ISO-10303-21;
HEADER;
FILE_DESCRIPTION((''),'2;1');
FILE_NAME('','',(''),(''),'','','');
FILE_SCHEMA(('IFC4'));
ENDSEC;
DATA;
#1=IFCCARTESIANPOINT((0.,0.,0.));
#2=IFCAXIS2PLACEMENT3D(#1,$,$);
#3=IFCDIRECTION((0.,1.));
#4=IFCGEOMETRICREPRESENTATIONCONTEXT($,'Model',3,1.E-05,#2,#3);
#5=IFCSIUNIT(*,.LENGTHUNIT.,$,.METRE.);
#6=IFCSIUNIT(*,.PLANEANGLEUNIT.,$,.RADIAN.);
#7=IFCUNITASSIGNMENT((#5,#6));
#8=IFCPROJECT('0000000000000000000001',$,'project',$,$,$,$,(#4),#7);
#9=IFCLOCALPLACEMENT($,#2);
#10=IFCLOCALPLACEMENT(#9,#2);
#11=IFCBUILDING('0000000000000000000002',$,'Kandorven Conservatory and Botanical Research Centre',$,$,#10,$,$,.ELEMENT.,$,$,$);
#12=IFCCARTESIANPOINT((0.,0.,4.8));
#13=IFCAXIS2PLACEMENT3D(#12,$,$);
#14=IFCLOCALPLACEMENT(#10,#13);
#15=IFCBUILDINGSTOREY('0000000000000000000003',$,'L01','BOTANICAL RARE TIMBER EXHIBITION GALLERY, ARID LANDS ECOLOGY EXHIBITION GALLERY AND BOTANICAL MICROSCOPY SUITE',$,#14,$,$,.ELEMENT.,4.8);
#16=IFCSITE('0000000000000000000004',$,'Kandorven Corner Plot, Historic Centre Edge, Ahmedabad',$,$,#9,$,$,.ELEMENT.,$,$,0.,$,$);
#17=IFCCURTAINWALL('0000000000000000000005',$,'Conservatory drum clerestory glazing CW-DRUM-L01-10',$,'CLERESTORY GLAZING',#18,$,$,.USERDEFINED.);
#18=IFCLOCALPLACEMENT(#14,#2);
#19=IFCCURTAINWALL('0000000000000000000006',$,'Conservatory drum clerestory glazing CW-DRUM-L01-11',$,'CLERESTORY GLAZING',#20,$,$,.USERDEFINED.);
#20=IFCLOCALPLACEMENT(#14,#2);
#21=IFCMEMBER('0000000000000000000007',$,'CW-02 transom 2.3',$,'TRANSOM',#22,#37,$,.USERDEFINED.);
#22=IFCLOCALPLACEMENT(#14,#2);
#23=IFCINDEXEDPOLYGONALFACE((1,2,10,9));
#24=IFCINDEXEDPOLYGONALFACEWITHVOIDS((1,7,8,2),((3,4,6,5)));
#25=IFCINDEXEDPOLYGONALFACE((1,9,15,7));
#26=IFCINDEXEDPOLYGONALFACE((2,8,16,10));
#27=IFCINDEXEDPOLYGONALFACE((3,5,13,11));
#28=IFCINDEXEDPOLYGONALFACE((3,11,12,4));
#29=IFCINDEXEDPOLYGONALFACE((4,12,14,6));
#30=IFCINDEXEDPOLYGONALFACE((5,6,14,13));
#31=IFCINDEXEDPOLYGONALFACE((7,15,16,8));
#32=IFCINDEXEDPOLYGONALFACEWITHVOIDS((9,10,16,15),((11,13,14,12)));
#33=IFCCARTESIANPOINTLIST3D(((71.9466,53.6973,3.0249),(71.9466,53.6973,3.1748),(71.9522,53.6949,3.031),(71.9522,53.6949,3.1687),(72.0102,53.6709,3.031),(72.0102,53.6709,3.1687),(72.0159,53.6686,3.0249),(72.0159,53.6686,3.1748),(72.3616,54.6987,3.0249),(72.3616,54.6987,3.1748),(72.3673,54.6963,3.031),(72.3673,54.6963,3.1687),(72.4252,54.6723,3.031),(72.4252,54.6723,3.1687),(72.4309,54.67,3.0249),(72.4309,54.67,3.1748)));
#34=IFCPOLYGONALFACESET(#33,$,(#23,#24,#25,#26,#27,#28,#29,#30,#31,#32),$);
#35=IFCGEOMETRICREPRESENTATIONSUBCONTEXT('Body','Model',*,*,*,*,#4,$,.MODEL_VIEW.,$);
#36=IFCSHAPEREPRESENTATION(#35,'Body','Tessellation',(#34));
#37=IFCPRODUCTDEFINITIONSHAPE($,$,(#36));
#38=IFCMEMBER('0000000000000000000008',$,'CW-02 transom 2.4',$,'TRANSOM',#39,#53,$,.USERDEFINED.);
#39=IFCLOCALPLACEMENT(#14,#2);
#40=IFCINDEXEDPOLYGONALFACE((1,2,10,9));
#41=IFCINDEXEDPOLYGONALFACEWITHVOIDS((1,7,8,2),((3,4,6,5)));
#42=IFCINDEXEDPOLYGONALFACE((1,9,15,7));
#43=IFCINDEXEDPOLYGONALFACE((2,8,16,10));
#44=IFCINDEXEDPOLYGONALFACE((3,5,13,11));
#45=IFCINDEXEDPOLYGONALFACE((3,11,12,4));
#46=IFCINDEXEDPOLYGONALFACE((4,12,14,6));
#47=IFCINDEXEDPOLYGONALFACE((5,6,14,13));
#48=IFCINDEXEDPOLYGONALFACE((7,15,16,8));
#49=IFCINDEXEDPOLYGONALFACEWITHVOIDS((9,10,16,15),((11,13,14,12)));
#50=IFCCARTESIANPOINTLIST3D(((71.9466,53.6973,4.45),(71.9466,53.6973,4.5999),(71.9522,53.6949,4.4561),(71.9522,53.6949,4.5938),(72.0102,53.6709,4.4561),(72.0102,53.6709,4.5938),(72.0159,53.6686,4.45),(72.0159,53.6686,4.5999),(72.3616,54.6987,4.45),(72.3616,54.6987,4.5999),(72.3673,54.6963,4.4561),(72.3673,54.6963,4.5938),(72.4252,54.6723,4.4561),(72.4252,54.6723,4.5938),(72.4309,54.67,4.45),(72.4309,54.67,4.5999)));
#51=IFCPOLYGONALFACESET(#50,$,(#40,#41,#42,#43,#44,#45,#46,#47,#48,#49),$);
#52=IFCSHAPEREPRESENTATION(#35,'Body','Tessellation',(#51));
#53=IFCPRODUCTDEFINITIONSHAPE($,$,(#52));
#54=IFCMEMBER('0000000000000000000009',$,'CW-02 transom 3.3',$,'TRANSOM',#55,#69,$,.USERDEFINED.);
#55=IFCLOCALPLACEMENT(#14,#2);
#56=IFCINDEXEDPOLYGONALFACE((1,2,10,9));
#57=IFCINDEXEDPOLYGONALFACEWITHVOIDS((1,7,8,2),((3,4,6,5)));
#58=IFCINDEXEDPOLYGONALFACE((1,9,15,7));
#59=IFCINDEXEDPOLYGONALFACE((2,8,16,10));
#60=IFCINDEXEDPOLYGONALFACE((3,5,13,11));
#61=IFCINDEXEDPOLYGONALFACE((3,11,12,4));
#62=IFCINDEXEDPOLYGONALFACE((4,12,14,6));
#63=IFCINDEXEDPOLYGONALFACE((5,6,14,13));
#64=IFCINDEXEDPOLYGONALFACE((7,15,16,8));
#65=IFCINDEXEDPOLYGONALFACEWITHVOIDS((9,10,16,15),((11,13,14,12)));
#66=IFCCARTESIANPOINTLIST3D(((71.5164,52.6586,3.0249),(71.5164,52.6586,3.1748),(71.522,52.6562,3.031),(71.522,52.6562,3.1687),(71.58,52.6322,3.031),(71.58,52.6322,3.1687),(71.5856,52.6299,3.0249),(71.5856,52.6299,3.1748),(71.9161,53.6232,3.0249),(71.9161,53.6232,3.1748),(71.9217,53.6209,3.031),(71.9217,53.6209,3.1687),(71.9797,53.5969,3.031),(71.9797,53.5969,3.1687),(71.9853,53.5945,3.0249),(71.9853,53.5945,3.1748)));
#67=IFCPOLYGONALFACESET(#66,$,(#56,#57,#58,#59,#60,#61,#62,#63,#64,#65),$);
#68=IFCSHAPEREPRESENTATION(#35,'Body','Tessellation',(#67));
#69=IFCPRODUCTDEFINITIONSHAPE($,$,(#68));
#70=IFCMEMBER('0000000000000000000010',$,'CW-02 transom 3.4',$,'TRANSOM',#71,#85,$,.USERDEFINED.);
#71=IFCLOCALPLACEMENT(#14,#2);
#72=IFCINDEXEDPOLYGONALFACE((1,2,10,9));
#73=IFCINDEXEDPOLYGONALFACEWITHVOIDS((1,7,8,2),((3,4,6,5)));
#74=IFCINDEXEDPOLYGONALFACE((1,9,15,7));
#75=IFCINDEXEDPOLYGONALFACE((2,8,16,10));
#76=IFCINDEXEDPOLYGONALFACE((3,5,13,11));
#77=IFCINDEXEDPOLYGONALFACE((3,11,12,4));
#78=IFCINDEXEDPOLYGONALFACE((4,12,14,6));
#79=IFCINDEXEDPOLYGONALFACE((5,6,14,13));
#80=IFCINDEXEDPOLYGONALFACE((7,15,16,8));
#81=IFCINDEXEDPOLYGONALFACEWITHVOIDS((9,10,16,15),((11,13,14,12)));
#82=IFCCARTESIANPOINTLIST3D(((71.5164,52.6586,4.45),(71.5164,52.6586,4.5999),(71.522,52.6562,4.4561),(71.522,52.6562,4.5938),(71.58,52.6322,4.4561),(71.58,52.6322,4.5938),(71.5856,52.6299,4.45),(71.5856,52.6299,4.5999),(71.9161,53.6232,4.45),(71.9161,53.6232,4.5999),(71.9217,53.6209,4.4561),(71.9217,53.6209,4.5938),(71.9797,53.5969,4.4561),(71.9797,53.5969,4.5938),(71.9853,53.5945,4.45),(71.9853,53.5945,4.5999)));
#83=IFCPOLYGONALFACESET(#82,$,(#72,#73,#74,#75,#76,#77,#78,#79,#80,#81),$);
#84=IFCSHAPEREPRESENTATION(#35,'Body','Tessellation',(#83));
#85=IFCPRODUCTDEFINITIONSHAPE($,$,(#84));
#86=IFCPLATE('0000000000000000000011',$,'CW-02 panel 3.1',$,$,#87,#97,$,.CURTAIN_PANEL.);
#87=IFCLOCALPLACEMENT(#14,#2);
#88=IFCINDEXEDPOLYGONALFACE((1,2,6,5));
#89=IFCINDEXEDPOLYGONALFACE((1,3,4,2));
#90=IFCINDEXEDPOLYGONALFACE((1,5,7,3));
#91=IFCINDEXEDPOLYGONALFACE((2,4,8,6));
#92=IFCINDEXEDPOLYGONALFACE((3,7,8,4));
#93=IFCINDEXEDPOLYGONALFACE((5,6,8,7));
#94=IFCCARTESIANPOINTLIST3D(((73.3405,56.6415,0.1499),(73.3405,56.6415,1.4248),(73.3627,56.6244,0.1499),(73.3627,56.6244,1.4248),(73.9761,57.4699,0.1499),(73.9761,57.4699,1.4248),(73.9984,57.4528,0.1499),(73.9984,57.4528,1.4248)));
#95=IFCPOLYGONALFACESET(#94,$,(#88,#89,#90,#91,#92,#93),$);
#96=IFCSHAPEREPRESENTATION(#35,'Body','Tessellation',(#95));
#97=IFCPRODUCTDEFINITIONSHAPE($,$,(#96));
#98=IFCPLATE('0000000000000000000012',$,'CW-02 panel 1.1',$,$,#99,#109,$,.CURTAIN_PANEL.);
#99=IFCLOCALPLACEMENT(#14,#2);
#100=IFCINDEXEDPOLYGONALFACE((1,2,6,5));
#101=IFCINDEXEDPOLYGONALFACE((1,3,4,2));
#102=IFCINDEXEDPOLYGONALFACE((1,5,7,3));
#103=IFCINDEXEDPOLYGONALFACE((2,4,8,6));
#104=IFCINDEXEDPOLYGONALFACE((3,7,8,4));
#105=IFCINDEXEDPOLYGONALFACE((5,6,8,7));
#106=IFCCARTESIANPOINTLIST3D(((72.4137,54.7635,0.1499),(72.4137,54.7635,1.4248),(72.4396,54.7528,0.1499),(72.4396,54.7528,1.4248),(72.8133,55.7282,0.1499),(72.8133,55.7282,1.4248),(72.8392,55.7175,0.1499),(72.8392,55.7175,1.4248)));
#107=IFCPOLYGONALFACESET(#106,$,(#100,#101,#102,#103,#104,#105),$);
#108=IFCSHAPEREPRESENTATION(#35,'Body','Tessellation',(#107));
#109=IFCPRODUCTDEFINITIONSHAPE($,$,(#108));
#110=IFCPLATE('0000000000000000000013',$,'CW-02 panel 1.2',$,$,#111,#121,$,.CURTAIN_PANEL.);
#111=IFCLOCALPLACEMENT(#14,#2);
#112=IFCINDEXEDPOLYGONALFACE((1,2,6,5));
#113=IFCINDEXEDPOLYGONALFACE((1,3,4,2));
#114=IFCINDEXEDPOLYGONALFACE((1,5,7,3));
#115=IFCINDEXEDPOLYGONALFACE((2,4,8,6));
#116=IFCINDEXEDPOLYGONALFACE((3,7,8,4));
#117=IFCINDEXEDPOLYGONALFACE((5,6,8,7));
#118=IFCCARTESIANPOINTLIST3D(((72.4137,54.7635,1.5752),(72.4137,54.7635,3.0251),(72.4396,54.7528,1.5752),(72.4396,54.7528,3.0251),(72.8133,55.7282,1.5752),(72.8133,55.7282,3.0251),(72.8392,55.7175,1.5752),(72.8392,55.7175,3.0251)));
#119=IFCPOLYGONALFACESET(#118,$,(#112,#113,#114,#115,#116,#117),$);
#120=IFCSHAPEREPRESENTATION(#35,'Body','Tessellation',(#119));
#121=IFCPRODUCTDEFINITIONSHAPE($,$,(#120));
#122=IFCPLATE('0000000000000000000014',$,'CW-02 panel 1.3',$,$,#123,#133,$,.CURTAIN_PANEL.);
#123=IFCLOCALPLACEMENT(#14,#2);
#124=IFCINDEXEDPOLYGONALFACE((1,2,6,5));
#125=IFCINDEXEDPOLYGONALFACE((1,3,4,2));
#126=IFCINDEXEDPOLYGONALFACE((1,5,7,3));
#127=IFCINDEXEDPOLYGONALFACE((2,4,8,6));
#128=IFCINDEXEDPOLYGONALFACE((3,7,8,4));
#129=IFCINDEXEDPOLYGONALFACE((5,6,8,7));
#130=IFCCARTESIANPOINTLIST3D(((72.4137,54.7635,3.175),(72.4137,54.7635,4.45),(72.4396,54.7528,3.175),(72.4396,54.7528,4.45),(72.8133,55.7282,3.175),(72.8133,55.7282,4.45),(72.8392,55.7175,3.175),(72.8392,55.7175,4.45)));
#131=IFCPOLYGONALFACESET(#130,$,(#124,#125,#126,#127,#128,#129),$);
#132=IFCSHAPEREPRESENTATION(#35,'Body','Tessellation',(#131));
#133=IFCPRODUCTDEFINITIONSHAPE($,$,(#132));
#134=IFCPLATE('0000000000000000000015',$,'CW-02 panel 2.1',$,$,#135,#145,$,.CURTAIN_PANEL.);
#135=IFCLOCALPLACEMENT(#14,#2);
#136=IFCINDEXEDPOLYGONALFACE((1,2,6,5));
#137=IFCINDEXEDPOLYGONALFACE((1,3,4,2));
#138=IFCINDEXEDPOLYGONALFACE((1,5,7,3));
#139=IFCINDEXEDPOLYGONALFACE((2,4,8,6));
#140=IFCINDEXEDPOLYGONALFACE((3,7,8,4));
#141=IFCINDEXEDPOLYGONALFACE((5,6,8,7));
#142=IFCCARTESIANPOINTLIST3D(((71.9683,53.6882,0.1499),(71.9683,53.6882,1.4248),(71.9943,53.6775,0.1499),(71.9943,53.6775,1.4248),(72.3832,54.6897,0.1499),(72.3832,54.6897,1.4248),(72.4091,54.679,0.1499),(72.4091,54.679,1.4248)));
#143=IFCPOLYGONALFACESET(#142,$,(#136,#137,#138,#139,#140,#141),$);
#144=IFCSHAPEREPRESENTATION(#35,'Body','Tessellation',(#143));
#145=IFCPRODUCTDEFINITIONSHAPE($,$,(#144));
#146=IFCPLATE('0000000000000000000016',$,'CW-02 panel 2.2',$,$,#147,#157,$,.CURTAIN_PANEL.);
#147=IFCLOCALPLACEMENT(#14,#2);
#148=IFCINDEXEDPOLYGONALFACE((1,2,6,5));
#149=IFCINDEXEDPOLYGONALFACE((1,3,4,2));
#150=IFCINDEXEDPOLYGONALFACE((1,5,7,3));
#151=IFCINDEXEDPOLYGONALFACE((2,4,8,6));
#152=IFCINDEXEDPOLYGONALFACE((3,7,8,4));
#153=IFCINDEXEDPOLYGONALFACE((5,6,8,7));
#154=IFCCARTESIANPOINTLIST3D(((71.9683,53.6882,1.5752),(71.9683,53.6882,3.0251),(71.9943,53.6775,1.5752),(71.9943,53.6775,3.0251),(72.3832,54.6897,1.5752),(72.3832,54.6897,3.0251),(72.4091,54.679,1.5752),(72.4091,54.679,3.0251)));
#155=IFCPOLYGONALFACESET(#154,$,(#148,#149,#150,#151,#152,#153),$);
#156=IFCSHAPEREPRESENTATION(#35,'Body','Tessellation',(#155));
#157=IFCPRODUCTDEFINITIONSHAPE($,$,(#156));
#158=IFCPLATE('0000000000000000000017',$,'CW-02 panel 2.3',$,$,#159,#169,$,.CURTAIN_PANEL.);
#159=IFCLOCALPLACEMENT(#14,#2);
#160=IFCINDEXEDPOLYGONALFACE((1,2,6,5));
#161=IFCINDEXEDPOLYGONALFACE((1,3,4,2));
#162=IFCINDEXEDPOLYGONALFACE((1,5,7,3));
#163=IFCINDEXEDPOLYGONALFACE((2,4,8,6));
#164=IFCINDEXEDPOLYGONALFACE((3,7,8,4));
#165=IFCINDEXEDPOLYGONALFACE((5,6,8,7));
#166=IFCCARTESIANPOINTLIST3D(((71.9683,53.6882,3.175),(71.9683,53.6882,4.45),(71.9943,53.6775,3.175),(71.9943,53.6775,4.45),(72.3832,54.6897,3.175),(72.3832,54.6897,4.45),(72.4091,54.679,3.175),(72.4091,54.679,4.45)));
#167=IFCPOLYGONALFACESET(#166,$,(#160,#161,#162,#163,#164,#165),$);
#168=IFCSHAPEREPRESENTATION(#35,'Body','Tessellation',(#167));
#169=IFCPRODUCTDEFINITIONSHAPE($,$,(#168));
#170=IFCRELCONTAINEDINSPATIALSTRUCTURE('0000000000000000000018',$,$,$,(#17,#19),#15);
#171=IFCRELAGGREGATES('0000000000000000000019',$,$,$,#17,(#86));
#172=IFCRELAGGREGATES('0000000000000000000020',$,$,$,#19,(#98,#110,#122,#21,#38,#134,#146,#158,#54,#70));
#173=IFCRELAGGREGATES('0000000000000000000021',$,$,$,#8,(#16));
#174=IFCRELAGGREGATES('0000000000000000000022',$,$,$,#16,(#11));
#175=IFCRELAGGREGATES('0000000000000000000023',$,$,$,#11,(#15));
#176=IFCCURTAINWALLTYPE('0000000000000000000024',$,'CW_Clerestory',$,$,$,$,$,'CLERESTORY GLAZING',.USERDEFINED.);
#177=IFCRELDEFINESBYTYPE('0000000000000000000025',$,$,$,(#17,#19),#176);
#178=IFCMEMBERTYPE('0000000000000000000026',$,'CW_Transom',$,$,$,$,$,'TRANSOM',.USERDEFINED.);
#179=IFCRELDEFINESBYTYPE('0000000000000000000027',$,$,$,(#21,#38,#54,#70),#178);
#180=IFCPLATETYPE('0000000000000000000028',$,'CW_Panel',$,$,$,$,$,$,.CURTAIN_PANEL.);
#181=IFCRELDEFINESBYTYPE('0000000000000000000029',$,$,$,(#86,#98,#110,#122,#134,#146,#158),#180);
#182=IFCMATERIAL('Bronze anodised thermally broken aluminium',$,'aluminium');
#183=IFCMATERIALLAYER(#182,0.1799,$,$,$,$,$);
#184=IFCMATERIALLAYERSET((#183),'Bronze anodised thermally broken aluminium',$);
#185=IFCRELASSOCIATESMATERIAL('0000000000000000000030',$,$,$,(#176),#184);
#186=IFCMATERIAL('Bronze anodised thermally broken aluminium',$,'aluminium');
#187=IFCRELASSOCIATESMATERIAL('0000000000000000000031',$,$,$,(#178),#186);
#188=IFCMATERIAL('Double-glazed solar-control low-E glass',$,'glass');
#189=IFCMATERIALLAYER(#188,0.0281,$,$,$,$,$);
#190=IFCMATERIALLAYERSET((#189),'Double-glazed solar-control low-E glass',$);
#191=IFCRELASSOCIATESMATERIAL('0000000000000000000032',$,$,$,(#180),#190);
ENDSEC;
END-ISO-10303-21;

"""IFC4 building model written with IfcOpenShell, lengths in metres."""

from ifc_helpers import new_model, si_unit, direction, frame, origin, origin_2d, place, context, subcontext, project, spatial, rectangle, hollow_rectangle, extrude, material, layer, layer_set, material_profile, profile_set, type_object, element, aggregate, save


model = new_model("IFC4")

# Units and contexts
model_context = context("Model", 3, precision=1e-05, world=origin(), true_north=direction((0.0, 1.0)))
body_context = subcontext(model_context, "Body", "Model", "MODEL_VIEW")
ifc_project = project(units=[si_unit("LENGTHUNIT", "METRE"), si_unit("PLANEANGLEUNIT", "RADIAN")], contexts=[model_context])

# Site, building, storey
site_placement = place(None, origin())
site = spatial("IfcSite", under=ifc_project, at=site_placement, Name="Kandorven Corner Plot, Historic Centre Edge, Ahmedabad", CompositionType="ELEMENT", RefElevation=0.0)
building_placement = place(site_placement, origin())
building = spatial("IfcBuilding", under=site, at=building_placement, Name="Kandorven Conservatory and Botanical Research Centre", CompositionType="ELEMENT")
storey_placement = place(building_placement, frame((0.0, 0.0, 4.8)))
storey = spatial("IfcBuildingStorey", under=building, at=storey_placement, Name="L01", Description="BOTANICAL RARE TIMBER EXHIBITION GALLERY, ARID LANDS ECOLOGY EXHIBITION GALLERY AND BOTANICAL MICROSCOPY SUITE", CompositionType="ELEMENT", Elevation=4.8)

# Curtain wall
ifc_material_1 = material(Name="Bronze anodised thermally broken aluminium", Category="aluminium")
ifc_layer_1 = layer(ifc_material_1, 0.1799)
ifc_layer_set_1 = layer_set([ifc_layer_1], Name="Bronze anodised thermally broken aluminium")
curtain_wall_type = type_object("IfcCurtainWallType", Name="CW_Clerestory", ElementType="CLERESTORY GLAZING", PredefinedType="USERDEFINED", material=ifc_layer_set_1)
curtain_wall_1_placement = place(storey_placement, origin())
curtain_wall_1 = element("IfcCurtainWall", 1, at=curtain_wall_1_placement, inside=storey, type_object=curtain_wall_type, Name="Conservatory drum clerestory glazing CW-DRUM-L01-10", ObjectType="CLERESTORY GLAZING", PredefinedType="USERDEFINED")

# Curtain wall, members
curtain_wall_2_placement = place(storey_placement, origin())
curtain_wall_2 = element("IfcCurtainWall", 2, at=curtain_wall_2_placement, inside=storey, type_object=curtain_wall_type, Name="Conservatory drum clerestory glazing CW-DRUM-L01-11", ObjectType="CLERESTORY GLAZING", PredefinedType="USERDEFINED")
ifc_material_2 = material(Name="Bronze anodised thermally broken aluminium", Category="aluminium")
ifc_material_profile_1 = material_profile(ifc_material_2, hollow_rectangle(XDim=0.075, YDim=0.1499, WallThickness=0.0061, at=origin_2d()))
ifc_profile_set_1 = profile_set([ifc_material_profile_1], Name="Bronze anodised thermally broken aluminium")
member_type_1 = type_object("IfcMemberType", Name="CW_Transom", ElementType="TRANSOM", PredefinedType="USERDEFINED", material=ifc_profile_set_1)
member_1_placement = place(storey_placement, frame((72.3962, 54.6843, 3.0999), z_axis=(-0.382856, -0.923808, 0.0), x_axis=(0.923808, -0.382856, 0.0)))
member_1 = element("IfcMember", 3, at=member_1_placement, type_object=member_type_1, Name="CW-02 transom 2.3", ObjectType="TRANSOM", PredefinedType="USERDEFINED", context=body_context, shape_type="SweptSolid", body=[
    extrude(hollow_rectangle(XDim=0.075, YDim=0.1499, WallThickness=0.0061, at=origin_2d()), origin(), (0.0, 0.0, 1.0), 1.084),
])
member_2_placement = place(storey_placement, frame((72.3962, 54.6843, 4.5249), z_axis=(-0.382856, -0.923808, 0.0), x_axis=(0.923808, -0.382856, 0.0)))
member_2 = element("IfcMember", 4, at=member_2_placement, type_object=member_type_1, Name="CW-02 transom 2.4", ObjectType="TRANSOM", PredefinedType="USERDEFINED", context=body_context, shape_type="SweptSolid", body=[
    extrude(hollow_rectangle(XDim=0.075, YDim=0.1499, WallThickness=0.0061, at=origin_2d()), origin(), (0.0, 0.0, 1.0), 1.084),
])
member_3_placement = place(storey_placement, frame((71.9507, 53.6089, 3.0999), z_axis=(-0.382772, -0.923843, 0.0), x_axis=(0.923843, -0.382772, 0.0)))
member_3 = element("IfcMember", 5, at=member_3_placement, type_object=member_type_1, Name="CW-02 transom 3.3", ObjectType="TRANSOM", PredefinedType="USERDEFINED", context=body_context, shape_type="SweptSolid", body=[
    extrude(hollow_rectangle(XDim=0.075, YDim=0.1499, WallThickness=0.0061, at=origin_2d()), origin(), (0.0, 0.0, 1.0), 1.0442),
])
member_4_placement = place(storey_placement, frame((71.9507, 53.6089, 4.5249), z_axis=(-0.382772, -0.923843, 0.0), x_axis=(0.923843, -0.382772, 0.0)))
member_4 = element("IfcMember", 6, at=member_4_placement, type_object=member_type_1, Name="CW-02 transom 3.4", ObjectType="TRANSOM", PredefinedType="USERDEFINED", context=body_context, shape_type="SweptSolid", body=[
    extrude(hollow_rectangle(XDim=0.075, YDim=0.1499, WallThickness=0.0061, at=origin_2d()), origin(), (0.0, 0.0, 1.0), 1.0442),
])

# Plates
ifc_material_3 = material(Name="Double-glazed solar-control low-E glass", Category="glass")
ifc_layer_2 = layer(ifc_material_3, 0.0281)
ifc_layer_set_2 = layer_set([ifc_layer_2], Name="Double-glazed solar-control low-E glass")
plate_type = type_object("IfcPlateType", Name="CW_Panel", PredefinedType="CURTAIN_PANEL", material=ifc_layer_set_2)
plate_1_placement = place(storey_placement, frame((73.6694, 57.0471, 0.1499), z_axis=(0.0, 0.0, 1.0), x_axis=(-0.608769, -0.793347, 0.0)))
plate_1 = element("IfcPlate", 7, at=plate_1_placement, type_object=plate_type, Name="CW-02 panel 3.1", PredefinedType="CURTAIN_PANEL", context=body_context, shape_type="SweptSolid", body=[
    extrude(rectangle(XDim=1.0442, YDim=0.0281, at=origin_2d()), origin(), (0.0, 0.0, 1.0), 1.2749),
])
aggregate(curtain_wall_1, [plate_1])
plate_2_placement = place(storey_placement, frame((72.6265, 55.2405, 0.1499), z_axis=(0.0, 0.0, 1.0), x_axis=(-0.382669, -0.923886, 0.0)))
plate_2 = element("IfcPlate", 8, at=plate_2_placement, type_object=plate_type, Name="CW-02 panel 1.1", PredefinedType="CURTAIN_PANEL", context=body_context, shape_type="SweptSolid", body=[
    extrude(rectangle(XDim=1.0442, YDim=0.0281, at=origin_2d()), origin(), (0.0, 0.0, 1.0), 1.2749),
])
plate_3_placement = place(storey_placement, frame((72.6265, 55.2405, 1.5752), z_axis=(0.0, 0.0, 1.0), x_axis=(-0.382669, -0.923886, 0.0)))
plate_3 = element("IfcPlate", 9, at=plate_3_placement, type_object=plate_type, Name="CW-02 panel 1.2", PredefinedType="CURTAIN_PANEL", context=body_context, shape_type="SweptSolid", body=[
    extrude(rectangle(XDim=1.0442, YDim=0.0281, at=origin_2d()), origin(), (0.0, 0.0, 1.0), 1.45),
])
plate_4_placement = place(storey_placement, frame((72.6265, 55.2405, 3.175), z_axis=(0.0, 0.0, 1.0), x_axis=(-0.382669, -0.923886, 0.0)))
plate_4 = element("IfcPlate", 10, at=plate_4_placement, type_object=plate_type, Name="CW-02 panel 1.3", PredefinedType="CURTAIN_PANEL", context=body_context, shape_type="SweptSolid", body=[
    extrude(rectangle(XDim=1.0442, YDim=0.0281, at=origin_2d()), origin(), (0.0, 0.0, 1.0), 1.2749),
])
plate_5_placement = place(storey_placement, frame((72.1887, 54.1836, 0.1499), z_axis=(0.0, 0.0, 1.0), x_axis=(-0.382669, -0.923886, 0.0)))
plate_5 = element("IfcPlate", 11, at=plate_5_placement, type_object=plate_type, Name="CW-02 panel 2.1", PredefinedType="CURTAIN_PANEL", context=body_context, shape_type="SweptSolid", body=[
    extrude(rectangle(XDim=1.084, YDim=0.0281, at=origin_2d()), origin(), (0.0, 0.0, 1.0), 1.2749),
])
plate_6_placement = place(storey_placement, frame((72.1887, 54.1836, 1.5752), z_axis=(0.0, 0.0, 1.0), x_axis=(-0.382669, -0.923886, 0.0)))
plate_6 = element("IfcPlate", 12, at=plate_6_placement, type_object=plate_type, Name="CW-02 panel 2.2", PredefinedType="CURTAIN_PANEL", context=body_context, shape_type="SweptSolid", body=[
    extrude(rectangle(XDim=1.084, YDim=0.0281, at=origin_2d()), origin(), (0.0, 0.0, 1.0), 1.45),
])
plate_7_placement = place(storey_placement, frame((72.1887, 54.1836, 3.175), z_axis=(0.0, 0.0, 1.0), x_axis=(-0.382669, -0.923886, 0.0)))
plate_7 = element("IfcPlate", 13, at=plate_7_placement, type_object=plate_type, Name="CW-02 panel 2.3", PredefinedType="CURTAIN_PANEL", context=body_context, shape_type="SweptSolid", body=[
    extrude(rectangle(XDim=1.084, YDim=0.0281, at=origin_2d()), origin(), (0.0, 0.0, 1.0), 1.2749),
])
aggregate(curtain_wall_2, [plate_2, plate_3, plate_4, member_1, member_2, plate_5, plate_6, plate_7, member_3, member_4])

save(model, "model.ifc")
